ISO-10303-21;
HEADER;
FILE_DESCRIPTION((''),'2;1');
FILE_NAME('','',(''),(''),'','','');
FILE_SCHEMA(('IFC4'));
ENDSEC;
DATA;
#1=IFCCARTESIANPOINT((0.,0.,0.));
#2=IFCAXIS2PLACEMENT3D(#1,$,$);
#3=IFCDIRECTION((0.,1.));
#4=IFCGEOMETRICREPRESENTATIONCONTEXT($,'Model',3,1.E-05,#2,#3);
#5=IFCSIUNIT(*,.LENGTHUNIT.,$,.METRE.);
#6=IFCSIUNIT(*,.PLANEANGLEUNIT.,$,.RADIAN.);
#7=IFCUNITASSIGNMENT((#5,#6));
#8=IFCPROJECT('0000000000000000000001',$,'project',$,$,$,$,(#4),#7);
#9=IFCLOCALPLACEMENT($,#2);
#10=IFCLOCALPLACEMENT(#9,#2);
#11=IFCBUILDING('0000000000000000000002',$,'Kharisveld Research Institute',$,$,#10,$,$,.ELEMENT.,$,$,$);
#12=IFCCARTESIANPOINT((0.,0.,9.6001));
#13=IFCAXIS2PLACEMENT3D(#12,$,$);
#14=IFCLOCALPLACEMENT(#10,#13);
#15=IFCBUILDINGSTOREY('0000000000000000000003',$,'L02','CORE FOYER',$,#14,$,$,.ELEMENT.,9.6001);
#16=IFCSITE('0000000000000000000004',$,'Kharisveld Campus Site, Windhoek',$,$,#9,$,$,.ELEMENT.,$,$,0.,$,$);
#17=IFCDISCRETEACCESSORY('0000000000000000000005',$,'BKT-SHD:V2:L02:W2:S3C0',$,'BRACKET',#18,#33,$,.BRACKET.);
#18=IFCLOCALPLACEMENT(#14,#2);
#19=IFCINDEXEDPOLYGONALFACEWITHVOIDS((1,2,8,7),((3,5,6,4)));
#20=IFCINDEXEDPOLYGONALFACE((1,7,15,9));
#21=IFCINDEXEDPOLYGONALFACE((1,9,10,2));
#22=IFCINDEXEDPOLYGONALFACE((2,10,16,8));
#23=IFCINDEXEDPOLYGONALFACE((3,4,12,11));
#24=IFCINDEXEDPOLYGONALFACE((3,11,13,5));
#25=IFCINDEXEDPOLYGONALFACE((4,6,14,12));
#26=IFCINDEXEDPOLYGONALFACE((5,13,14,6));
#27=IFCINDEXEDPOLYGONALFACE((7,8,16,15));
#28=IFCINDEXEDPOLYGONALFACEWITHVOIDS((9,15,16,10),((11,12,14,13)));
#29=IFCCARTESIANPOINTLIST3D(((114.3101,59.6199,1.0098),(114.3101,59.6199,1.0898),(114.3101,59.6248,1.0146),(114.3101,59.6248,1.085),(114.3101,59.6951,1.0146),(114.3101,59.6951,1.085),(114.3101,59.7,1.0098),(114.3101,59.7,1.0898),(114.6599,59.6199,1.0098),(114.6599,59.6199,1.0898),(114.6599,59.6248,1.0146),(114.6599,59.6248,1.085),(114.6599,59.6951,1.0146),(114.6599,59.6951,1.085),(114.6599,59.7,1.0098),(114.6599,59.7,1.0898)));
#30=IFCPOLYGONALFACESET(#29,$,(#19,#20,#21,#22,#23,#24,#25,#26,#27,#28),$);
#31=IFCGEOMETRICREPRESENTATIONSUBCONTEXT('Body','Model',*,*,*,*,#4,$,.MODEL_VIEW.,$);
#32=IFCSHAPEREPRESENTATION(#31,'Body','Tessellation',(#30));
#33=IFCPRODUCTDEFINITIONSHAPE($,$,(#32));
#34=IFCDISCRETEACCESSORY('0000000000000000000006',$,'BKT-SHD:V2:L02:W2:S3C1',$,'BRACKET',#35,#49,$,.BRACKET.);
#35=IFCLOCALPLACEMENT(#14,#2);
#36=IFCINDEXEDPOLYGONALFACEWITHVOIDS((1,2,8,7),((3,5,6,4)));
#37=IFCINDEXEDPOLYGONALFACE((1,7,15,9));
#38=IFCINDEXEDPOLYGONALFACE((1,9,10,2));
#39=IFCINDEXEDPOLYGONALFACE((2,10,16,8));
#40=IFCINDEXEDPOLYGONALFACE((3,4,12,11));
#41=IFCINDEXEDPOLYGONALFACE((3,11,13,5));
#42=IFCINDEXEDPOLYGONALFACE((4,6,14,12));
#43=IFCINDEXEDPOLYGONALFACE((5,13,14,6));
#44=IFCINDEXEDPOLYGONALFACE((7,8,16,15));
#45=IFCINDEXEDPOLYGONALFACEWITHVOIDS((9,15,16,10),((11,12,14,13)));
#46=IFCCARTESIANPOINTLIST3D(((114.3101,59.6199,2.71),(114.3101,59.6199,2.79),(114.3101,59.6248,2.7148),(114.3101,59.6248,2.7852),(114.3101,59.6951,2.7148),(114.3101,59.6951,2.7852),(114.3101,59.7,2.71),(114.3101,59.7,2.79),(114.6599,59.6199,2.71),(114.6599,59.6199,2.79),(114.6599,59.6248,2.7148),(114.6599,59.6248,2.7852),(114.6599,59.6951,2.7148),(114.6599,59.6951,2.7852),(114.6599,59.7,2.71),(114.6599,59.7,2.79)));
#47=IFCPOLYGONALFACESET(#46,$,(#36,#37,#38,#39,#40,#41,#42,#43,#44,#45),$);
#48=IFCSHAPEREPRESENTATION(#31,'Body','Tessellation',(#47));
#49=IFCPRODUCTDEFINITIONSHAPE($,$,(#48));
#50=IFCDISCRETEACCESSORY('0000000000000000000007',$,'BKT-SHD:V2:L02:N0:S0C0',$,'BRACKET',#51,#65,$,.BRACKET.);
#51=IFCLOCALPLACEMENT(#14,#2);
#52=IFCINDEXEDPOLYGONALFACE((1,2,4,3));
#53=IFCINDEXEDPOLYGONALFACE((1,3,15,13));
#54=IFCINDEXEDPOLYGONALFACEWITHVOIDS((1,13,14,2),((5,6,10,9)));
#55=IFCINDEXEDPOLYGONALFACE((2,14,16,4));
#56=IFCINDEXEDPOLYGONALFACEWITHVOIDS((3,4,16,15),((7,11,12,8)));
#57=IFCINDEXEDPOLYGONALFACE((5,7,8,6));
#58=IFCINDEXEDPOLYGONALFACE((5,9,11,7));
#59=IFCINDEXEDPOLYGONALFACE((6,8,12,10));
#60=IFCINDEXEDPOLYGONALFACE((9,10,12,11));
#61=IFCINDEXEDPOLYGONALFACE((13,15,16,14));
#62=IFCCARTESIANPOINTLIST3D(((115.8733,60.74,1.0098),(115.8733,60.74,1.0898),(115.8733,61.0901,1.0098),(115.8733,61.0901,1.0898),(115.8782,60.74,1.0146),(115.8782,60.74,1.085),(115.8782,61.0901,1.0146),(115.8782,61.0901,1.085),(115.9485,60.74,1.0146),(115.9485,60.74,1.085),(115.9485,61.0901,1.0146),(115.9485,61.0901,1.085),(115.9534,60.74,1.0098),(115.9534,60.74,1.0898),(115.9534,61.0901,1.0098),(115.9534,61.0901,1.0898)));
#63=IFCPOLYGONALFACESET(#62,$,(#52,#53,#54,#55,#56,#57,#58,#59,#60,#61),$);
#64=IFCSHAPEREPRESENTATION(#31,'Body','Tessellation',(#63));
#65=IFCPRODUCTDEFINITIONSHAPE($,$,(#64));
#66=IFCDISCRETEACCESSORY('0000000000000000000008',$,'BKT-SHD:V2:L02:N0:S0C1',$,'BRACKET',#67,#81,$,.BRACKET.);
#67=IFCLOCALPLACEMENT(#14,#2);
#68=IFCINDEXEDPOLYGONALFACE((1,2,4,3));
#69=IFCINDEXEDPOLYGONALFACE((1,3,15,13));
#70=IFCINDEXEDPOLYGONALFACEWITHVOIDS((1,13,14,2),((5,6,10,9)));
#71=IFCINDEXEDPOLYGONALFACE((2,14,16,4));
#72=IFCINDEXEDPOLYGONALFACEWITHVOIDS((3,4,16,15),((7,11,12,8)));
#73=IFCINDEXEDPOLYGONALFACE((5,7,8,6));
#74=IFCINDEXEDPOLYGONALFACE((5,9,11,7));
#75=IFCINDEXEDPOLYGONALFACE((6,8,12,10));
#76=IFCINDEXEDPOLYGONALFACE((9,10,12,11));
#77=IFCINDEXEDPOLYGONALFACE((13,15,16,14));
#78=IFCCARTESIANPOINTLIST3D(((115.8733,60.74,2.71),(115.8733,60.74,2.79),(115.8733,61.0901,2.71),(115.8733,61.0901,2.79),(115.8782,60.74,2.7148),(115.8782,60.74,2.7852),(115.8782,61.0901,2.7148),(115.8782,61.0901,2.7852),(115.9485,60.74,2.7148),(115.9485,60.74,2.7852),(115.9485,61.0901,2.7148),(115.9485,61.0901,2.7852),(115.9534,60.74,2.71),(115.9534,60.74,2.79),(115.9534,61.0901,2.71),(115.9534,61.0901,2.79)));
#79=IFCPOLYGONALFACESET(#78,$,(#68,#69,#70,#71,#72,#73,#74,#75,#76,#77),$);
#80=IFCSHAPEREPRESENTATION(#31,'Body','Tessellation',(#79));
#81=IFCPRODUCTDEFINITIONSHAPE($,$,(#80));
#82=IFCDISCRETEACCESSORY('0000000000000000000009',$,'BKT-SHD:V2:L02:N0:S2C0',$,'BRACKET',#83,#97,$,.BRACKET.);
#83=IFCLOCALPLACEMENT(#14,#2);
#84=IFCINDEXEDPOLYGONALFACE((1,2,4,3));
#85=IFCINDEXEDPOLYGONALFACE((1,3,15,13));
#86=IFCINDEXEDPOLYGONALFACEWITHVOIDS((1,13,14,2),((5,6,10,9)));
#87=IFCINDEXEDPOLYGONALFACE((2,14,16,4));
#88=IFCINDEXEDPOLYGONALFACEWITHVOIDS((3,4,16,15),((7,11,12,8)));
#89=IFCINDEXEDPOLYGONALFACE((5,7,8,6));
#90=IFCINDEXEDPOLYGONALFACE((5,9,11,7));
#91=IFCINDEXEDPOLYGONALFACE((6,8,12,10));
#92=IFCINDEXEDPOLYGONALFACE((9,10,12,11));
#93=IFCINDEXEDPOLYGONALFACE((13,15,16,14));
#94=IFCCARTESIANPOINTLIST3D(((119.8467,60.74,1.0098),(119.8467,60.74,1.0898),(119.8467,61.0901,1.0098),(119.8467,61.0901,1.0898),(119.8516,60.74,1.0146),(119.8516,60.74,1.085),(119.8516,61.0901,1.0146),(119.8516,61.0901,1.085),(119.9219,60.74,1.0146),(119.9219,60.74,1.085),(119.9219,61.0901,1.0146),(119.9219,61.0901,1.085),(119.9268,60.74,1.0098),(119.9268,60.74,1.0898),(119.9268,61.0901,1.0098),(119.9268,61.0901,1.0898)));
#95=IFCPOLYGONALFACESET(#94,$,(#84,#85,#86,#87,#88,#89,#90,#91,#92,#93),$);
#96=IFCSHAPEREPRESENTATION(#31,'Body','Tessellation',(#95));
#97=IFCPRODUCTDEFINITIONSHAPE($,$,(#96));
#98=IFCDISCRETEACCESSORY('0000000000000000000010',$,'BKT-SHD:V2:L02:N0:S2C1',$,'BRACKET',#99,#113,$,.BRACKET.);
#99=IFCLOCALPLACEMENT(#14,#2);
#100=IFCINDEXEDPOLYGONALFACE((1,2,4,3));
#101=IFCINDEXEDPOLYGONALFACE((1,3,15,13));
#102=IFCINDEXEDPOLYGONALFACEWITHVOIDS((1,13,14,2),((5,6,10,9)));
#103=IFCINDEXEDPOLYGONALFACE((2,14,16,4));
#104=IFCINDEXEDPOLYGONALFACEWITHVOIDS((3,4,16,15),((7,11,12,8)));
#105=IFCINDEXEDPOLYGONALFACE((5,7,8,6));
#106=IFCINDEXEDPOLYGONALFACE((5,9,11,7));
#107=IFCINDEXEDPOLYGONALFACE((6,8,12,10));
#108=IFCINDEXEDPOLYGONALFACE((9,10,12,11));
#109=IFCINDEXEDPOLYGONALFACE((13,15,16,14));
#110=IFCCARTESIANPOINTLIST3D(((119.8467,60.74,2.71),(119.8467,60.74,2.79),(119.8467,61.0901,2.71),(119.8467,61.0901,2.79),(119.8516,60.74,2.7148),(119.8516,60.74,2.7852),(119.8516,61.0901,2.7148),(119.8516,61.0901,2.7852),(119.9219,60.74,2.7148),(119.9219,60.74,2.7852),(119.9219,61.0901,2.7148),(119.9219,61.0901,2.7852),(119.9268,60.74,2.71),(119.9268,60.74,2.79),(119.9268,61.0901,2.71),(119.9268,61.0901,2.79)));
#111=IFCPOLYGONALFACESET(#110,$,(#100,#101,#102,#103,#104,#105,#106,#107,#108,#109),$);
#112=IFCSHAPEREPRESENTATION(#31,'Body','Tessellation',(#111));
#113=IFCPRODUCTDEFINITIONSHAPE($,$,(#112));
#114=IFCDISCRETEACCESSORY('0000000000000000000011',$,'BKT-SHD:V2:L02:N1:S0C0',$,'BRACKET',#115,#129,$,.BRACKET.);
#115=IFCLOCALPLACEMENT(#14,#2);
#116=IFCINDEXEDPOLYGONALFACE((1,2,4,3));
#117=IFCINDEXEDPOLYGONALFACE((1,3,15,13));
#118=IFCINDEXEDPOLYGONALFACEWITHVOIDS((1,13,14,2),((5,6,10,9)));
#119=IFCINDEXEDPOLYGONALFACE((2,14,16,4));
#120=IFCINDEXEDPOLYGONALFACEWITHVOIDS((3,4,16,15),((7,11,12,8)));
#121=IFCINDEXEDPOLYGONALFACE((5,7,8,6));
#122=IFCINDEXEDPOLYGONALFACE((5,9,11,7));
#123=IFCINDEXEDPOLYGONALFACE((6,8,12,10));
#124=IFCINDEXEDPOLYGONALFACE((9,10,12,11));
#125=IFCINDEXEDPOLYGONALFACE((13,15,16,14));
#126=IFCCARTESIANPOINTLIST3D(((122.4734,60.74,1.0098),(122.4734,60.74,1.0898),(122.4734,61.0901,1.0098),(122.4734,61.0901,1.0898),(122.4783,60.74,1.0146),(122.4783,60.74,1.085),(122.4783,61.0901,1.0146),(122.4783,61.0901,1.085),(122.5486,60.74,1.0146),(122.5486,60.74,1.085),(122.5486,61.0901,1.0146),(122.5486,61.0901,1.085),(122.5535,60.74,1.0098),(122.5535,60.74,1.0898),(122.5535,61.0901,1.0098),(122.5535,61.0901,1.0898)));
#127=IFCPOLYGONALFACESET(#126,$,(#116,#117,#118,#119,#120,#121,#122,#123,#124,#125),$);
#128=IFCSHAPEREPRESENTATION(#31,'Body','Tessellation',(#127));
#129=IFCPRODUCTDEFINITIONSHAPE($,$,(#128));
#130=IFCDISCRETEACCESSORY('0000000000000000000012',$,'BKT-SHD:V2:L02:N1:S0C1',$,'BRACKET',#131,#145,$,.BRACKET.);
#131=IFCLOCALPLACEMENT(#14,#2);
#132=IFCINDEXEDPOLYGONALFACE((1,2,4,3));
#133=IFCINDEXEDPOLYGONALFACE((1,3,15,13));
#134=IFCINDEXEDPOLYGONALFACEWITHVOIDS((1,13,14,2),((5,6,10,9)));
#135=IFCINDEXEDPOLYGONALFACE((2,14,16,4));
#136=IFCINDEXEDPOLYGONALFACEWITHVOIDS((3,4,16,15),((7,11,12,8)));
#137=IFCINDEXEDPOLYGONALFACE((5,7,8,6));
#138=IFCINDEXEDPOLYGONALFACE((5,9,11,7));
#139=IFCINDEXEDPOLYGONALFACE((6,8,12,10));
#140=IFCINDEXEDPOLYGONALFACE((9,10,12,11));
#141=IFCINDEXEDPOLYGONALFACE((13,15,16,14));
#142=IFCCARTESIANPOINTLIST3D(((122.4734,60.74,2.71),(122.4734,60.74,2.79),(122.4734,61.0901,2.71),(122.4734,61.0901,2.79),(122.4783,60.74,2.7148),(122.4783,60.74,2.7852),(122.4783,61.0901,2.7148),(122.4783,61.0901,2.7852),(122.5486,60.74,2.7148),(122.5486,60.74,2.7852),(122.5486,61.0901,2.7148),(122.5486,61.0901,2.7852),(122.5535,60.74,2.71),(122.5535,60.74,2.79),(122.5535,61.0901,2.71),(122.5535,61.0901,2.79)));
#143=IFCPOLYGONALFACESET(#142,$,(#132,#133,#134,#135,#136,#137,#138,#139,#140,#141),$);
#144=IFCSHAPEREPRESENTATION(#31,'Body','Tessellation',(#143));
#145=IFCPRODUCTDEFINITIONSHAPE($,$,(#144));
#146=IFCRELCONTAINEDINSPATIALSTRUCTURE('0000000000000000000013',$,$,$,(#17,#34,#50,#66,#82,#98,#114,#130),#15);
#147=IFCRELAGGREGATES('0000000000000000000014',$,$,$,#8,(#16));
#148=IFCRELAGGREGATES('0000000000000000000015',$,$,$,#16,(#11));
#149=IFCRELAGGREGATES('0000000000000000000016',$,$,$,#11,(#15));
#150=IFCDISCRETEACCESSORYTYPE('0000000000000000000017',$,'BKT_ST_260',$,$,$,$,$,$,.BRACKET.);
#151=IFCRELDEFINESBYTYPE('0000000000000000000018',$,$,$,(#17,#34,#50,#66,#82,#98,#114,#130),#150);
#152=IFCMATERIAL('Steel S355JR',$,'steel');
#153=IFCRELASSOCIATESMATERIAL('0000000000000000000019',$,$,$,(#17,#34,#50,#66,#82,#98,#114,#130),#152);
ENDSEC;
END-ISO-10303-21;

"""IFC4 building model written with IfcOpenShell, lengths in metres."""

from ifc_helpers import new_model, si_unit, direction, frame, origin, origin_2d, place, context, subcontext, project, spatial, hollow_rectangle, extrude, material, type_object, element, save


model = new_model("IFC4")

# Units and contexts
model_context = context("Model", 3, precision=1e-05, world=origin(), true_north=direction((0.0, 1.0)))
body_context = subcontext(model_context, "Body", "Model", "MODEL_VIEW")
ifc_project = project(units=[si_unit("LENGTHUNIT", "METRE"), si_unit("PLANEANGLEUNIT", "RADIAN")], contexts=[model_context])

# Site, building, storey
site_placement = place(None, origin())
site = spatial("IfcSite", under=ifc_project, at=site_placement, Name="Kharisveld Campus Site, Windhoek", CompositionType="ELEMENT", RefElevation=0.0)
building_placement = place(site_placement, origin())
building = spatial("IfcBuilding", under=site, at=building_placement, Name="Kharisveld Research Institute", CompositionType="ELEMENT")
storey_placement = place(building_placement, frame((0.0, 0.0, 9.6001)))
storey = spatial("IfcBuildingStorey", under=building, at=storey_placement, Name="L02", Description="CORE FOYER", CompositionType="ELEMENT", Elevation=9.6001)

# Discrete accessories
ifc_material_1 = material(Name="Steel S355JR", Category="steel")
discrete_accessory_type = type_object("IfcDiscreteAccessoryType", Name="BKT_ST_260", PredefinedType="BRACKET")
for number, where, z_axis, x_axis, name in (
    (1, (114.6599, 59.6599, 1.0498), (-1.0, 0.0, 0.0), (0.0, -1.0, 0.0), "BKT-SHD:V2:L02:W2:S3C0"),
    (2, (114.6599, 59.6599, 2.75), (-1.0, 0.0, 0.0), (0.0, -1.0, 0.0), "BKT-SHD:V2:L02:W2:S3C1"),
):
    element("IfcDiscreteAccessory", number, at=place(storey_placement, frame(where, z_axis=z_axis, x_axis=x_axis)), inside=storey, type_object=discrete_accessory_type, material=ifc_material_1, Name=name, ObjectType="BRACKET", PredefinedType="BRACKET", context=body_context, shape_type="SweptSolid", body=[
        extrude(hollow_rectangle(XDim=0.0801, YDim=0.0801, WallThickness=0.0049, at=origin_2d()), origin(), (0.0, 0.0, 1.0), 0.3499),
    ])
for number, where, z_axis, x_axis, name in (
    (3, (115.9133, 60.74, 1.0498), (0.0, 1.0, 0.0), (-1.0, 0.0, 0.0), "BKT-SHD:V2:L02:N0:S0C0"),
    (4, (115.9133, 60.74, 2.75), (0.0, 1.0, 0.0), (-1.0, 0.0, 0.0), "BKT-SHD:V2:L02:N0:S0C1"),
    (5, (119.8867, 60.74, 1.0498), (0.0, 1.0, 0.0), (-1.0, 0.0, 0.0), "BKT-SHD:V2:L02:N0:S2C0"),
    (6, (119.8867, 60.74, 2.75), (0.0, 1.0, 0.0), (-1.0, 0.0, 0.0), "BKT-SHD:V2:L02:N0:S2C1"),
    (7, (122.5134, 60.74, 1.0498), (0.0, 1.0, 0.0), (-1.0, 0.0, 0.0), "BKT-SHD:V2:L02:N1:S0C0"),
    (8, (122.5134, 60.74, 2.75), (0.0, 1.0, 0.0), (-1.0, 0.0, 0.0), "BKT-SHD:V2:L02:N1:S0C1"),
):
    element("IfcDiscreteAccessory", number, at=place(storey_placement, frame(where, z_axis=z_axis, x_axis=x_axis)), inside=storey, type_object=discrete_accessory_type, material=ifc_material_1, Name=name, ObjectType="BRACKET", PredefinedType="BRACKET", context=body_context, shape_type="SweptSolid", body=[
        extrude(hollow_rectangle(XDim=0.0801, YDim=0.0801, WallThickness=0.0049, at=origin_2d()), origin(), (0.0, 0.0, 1.0), 0.3501),
    ])

save(model, "model.ifc")
